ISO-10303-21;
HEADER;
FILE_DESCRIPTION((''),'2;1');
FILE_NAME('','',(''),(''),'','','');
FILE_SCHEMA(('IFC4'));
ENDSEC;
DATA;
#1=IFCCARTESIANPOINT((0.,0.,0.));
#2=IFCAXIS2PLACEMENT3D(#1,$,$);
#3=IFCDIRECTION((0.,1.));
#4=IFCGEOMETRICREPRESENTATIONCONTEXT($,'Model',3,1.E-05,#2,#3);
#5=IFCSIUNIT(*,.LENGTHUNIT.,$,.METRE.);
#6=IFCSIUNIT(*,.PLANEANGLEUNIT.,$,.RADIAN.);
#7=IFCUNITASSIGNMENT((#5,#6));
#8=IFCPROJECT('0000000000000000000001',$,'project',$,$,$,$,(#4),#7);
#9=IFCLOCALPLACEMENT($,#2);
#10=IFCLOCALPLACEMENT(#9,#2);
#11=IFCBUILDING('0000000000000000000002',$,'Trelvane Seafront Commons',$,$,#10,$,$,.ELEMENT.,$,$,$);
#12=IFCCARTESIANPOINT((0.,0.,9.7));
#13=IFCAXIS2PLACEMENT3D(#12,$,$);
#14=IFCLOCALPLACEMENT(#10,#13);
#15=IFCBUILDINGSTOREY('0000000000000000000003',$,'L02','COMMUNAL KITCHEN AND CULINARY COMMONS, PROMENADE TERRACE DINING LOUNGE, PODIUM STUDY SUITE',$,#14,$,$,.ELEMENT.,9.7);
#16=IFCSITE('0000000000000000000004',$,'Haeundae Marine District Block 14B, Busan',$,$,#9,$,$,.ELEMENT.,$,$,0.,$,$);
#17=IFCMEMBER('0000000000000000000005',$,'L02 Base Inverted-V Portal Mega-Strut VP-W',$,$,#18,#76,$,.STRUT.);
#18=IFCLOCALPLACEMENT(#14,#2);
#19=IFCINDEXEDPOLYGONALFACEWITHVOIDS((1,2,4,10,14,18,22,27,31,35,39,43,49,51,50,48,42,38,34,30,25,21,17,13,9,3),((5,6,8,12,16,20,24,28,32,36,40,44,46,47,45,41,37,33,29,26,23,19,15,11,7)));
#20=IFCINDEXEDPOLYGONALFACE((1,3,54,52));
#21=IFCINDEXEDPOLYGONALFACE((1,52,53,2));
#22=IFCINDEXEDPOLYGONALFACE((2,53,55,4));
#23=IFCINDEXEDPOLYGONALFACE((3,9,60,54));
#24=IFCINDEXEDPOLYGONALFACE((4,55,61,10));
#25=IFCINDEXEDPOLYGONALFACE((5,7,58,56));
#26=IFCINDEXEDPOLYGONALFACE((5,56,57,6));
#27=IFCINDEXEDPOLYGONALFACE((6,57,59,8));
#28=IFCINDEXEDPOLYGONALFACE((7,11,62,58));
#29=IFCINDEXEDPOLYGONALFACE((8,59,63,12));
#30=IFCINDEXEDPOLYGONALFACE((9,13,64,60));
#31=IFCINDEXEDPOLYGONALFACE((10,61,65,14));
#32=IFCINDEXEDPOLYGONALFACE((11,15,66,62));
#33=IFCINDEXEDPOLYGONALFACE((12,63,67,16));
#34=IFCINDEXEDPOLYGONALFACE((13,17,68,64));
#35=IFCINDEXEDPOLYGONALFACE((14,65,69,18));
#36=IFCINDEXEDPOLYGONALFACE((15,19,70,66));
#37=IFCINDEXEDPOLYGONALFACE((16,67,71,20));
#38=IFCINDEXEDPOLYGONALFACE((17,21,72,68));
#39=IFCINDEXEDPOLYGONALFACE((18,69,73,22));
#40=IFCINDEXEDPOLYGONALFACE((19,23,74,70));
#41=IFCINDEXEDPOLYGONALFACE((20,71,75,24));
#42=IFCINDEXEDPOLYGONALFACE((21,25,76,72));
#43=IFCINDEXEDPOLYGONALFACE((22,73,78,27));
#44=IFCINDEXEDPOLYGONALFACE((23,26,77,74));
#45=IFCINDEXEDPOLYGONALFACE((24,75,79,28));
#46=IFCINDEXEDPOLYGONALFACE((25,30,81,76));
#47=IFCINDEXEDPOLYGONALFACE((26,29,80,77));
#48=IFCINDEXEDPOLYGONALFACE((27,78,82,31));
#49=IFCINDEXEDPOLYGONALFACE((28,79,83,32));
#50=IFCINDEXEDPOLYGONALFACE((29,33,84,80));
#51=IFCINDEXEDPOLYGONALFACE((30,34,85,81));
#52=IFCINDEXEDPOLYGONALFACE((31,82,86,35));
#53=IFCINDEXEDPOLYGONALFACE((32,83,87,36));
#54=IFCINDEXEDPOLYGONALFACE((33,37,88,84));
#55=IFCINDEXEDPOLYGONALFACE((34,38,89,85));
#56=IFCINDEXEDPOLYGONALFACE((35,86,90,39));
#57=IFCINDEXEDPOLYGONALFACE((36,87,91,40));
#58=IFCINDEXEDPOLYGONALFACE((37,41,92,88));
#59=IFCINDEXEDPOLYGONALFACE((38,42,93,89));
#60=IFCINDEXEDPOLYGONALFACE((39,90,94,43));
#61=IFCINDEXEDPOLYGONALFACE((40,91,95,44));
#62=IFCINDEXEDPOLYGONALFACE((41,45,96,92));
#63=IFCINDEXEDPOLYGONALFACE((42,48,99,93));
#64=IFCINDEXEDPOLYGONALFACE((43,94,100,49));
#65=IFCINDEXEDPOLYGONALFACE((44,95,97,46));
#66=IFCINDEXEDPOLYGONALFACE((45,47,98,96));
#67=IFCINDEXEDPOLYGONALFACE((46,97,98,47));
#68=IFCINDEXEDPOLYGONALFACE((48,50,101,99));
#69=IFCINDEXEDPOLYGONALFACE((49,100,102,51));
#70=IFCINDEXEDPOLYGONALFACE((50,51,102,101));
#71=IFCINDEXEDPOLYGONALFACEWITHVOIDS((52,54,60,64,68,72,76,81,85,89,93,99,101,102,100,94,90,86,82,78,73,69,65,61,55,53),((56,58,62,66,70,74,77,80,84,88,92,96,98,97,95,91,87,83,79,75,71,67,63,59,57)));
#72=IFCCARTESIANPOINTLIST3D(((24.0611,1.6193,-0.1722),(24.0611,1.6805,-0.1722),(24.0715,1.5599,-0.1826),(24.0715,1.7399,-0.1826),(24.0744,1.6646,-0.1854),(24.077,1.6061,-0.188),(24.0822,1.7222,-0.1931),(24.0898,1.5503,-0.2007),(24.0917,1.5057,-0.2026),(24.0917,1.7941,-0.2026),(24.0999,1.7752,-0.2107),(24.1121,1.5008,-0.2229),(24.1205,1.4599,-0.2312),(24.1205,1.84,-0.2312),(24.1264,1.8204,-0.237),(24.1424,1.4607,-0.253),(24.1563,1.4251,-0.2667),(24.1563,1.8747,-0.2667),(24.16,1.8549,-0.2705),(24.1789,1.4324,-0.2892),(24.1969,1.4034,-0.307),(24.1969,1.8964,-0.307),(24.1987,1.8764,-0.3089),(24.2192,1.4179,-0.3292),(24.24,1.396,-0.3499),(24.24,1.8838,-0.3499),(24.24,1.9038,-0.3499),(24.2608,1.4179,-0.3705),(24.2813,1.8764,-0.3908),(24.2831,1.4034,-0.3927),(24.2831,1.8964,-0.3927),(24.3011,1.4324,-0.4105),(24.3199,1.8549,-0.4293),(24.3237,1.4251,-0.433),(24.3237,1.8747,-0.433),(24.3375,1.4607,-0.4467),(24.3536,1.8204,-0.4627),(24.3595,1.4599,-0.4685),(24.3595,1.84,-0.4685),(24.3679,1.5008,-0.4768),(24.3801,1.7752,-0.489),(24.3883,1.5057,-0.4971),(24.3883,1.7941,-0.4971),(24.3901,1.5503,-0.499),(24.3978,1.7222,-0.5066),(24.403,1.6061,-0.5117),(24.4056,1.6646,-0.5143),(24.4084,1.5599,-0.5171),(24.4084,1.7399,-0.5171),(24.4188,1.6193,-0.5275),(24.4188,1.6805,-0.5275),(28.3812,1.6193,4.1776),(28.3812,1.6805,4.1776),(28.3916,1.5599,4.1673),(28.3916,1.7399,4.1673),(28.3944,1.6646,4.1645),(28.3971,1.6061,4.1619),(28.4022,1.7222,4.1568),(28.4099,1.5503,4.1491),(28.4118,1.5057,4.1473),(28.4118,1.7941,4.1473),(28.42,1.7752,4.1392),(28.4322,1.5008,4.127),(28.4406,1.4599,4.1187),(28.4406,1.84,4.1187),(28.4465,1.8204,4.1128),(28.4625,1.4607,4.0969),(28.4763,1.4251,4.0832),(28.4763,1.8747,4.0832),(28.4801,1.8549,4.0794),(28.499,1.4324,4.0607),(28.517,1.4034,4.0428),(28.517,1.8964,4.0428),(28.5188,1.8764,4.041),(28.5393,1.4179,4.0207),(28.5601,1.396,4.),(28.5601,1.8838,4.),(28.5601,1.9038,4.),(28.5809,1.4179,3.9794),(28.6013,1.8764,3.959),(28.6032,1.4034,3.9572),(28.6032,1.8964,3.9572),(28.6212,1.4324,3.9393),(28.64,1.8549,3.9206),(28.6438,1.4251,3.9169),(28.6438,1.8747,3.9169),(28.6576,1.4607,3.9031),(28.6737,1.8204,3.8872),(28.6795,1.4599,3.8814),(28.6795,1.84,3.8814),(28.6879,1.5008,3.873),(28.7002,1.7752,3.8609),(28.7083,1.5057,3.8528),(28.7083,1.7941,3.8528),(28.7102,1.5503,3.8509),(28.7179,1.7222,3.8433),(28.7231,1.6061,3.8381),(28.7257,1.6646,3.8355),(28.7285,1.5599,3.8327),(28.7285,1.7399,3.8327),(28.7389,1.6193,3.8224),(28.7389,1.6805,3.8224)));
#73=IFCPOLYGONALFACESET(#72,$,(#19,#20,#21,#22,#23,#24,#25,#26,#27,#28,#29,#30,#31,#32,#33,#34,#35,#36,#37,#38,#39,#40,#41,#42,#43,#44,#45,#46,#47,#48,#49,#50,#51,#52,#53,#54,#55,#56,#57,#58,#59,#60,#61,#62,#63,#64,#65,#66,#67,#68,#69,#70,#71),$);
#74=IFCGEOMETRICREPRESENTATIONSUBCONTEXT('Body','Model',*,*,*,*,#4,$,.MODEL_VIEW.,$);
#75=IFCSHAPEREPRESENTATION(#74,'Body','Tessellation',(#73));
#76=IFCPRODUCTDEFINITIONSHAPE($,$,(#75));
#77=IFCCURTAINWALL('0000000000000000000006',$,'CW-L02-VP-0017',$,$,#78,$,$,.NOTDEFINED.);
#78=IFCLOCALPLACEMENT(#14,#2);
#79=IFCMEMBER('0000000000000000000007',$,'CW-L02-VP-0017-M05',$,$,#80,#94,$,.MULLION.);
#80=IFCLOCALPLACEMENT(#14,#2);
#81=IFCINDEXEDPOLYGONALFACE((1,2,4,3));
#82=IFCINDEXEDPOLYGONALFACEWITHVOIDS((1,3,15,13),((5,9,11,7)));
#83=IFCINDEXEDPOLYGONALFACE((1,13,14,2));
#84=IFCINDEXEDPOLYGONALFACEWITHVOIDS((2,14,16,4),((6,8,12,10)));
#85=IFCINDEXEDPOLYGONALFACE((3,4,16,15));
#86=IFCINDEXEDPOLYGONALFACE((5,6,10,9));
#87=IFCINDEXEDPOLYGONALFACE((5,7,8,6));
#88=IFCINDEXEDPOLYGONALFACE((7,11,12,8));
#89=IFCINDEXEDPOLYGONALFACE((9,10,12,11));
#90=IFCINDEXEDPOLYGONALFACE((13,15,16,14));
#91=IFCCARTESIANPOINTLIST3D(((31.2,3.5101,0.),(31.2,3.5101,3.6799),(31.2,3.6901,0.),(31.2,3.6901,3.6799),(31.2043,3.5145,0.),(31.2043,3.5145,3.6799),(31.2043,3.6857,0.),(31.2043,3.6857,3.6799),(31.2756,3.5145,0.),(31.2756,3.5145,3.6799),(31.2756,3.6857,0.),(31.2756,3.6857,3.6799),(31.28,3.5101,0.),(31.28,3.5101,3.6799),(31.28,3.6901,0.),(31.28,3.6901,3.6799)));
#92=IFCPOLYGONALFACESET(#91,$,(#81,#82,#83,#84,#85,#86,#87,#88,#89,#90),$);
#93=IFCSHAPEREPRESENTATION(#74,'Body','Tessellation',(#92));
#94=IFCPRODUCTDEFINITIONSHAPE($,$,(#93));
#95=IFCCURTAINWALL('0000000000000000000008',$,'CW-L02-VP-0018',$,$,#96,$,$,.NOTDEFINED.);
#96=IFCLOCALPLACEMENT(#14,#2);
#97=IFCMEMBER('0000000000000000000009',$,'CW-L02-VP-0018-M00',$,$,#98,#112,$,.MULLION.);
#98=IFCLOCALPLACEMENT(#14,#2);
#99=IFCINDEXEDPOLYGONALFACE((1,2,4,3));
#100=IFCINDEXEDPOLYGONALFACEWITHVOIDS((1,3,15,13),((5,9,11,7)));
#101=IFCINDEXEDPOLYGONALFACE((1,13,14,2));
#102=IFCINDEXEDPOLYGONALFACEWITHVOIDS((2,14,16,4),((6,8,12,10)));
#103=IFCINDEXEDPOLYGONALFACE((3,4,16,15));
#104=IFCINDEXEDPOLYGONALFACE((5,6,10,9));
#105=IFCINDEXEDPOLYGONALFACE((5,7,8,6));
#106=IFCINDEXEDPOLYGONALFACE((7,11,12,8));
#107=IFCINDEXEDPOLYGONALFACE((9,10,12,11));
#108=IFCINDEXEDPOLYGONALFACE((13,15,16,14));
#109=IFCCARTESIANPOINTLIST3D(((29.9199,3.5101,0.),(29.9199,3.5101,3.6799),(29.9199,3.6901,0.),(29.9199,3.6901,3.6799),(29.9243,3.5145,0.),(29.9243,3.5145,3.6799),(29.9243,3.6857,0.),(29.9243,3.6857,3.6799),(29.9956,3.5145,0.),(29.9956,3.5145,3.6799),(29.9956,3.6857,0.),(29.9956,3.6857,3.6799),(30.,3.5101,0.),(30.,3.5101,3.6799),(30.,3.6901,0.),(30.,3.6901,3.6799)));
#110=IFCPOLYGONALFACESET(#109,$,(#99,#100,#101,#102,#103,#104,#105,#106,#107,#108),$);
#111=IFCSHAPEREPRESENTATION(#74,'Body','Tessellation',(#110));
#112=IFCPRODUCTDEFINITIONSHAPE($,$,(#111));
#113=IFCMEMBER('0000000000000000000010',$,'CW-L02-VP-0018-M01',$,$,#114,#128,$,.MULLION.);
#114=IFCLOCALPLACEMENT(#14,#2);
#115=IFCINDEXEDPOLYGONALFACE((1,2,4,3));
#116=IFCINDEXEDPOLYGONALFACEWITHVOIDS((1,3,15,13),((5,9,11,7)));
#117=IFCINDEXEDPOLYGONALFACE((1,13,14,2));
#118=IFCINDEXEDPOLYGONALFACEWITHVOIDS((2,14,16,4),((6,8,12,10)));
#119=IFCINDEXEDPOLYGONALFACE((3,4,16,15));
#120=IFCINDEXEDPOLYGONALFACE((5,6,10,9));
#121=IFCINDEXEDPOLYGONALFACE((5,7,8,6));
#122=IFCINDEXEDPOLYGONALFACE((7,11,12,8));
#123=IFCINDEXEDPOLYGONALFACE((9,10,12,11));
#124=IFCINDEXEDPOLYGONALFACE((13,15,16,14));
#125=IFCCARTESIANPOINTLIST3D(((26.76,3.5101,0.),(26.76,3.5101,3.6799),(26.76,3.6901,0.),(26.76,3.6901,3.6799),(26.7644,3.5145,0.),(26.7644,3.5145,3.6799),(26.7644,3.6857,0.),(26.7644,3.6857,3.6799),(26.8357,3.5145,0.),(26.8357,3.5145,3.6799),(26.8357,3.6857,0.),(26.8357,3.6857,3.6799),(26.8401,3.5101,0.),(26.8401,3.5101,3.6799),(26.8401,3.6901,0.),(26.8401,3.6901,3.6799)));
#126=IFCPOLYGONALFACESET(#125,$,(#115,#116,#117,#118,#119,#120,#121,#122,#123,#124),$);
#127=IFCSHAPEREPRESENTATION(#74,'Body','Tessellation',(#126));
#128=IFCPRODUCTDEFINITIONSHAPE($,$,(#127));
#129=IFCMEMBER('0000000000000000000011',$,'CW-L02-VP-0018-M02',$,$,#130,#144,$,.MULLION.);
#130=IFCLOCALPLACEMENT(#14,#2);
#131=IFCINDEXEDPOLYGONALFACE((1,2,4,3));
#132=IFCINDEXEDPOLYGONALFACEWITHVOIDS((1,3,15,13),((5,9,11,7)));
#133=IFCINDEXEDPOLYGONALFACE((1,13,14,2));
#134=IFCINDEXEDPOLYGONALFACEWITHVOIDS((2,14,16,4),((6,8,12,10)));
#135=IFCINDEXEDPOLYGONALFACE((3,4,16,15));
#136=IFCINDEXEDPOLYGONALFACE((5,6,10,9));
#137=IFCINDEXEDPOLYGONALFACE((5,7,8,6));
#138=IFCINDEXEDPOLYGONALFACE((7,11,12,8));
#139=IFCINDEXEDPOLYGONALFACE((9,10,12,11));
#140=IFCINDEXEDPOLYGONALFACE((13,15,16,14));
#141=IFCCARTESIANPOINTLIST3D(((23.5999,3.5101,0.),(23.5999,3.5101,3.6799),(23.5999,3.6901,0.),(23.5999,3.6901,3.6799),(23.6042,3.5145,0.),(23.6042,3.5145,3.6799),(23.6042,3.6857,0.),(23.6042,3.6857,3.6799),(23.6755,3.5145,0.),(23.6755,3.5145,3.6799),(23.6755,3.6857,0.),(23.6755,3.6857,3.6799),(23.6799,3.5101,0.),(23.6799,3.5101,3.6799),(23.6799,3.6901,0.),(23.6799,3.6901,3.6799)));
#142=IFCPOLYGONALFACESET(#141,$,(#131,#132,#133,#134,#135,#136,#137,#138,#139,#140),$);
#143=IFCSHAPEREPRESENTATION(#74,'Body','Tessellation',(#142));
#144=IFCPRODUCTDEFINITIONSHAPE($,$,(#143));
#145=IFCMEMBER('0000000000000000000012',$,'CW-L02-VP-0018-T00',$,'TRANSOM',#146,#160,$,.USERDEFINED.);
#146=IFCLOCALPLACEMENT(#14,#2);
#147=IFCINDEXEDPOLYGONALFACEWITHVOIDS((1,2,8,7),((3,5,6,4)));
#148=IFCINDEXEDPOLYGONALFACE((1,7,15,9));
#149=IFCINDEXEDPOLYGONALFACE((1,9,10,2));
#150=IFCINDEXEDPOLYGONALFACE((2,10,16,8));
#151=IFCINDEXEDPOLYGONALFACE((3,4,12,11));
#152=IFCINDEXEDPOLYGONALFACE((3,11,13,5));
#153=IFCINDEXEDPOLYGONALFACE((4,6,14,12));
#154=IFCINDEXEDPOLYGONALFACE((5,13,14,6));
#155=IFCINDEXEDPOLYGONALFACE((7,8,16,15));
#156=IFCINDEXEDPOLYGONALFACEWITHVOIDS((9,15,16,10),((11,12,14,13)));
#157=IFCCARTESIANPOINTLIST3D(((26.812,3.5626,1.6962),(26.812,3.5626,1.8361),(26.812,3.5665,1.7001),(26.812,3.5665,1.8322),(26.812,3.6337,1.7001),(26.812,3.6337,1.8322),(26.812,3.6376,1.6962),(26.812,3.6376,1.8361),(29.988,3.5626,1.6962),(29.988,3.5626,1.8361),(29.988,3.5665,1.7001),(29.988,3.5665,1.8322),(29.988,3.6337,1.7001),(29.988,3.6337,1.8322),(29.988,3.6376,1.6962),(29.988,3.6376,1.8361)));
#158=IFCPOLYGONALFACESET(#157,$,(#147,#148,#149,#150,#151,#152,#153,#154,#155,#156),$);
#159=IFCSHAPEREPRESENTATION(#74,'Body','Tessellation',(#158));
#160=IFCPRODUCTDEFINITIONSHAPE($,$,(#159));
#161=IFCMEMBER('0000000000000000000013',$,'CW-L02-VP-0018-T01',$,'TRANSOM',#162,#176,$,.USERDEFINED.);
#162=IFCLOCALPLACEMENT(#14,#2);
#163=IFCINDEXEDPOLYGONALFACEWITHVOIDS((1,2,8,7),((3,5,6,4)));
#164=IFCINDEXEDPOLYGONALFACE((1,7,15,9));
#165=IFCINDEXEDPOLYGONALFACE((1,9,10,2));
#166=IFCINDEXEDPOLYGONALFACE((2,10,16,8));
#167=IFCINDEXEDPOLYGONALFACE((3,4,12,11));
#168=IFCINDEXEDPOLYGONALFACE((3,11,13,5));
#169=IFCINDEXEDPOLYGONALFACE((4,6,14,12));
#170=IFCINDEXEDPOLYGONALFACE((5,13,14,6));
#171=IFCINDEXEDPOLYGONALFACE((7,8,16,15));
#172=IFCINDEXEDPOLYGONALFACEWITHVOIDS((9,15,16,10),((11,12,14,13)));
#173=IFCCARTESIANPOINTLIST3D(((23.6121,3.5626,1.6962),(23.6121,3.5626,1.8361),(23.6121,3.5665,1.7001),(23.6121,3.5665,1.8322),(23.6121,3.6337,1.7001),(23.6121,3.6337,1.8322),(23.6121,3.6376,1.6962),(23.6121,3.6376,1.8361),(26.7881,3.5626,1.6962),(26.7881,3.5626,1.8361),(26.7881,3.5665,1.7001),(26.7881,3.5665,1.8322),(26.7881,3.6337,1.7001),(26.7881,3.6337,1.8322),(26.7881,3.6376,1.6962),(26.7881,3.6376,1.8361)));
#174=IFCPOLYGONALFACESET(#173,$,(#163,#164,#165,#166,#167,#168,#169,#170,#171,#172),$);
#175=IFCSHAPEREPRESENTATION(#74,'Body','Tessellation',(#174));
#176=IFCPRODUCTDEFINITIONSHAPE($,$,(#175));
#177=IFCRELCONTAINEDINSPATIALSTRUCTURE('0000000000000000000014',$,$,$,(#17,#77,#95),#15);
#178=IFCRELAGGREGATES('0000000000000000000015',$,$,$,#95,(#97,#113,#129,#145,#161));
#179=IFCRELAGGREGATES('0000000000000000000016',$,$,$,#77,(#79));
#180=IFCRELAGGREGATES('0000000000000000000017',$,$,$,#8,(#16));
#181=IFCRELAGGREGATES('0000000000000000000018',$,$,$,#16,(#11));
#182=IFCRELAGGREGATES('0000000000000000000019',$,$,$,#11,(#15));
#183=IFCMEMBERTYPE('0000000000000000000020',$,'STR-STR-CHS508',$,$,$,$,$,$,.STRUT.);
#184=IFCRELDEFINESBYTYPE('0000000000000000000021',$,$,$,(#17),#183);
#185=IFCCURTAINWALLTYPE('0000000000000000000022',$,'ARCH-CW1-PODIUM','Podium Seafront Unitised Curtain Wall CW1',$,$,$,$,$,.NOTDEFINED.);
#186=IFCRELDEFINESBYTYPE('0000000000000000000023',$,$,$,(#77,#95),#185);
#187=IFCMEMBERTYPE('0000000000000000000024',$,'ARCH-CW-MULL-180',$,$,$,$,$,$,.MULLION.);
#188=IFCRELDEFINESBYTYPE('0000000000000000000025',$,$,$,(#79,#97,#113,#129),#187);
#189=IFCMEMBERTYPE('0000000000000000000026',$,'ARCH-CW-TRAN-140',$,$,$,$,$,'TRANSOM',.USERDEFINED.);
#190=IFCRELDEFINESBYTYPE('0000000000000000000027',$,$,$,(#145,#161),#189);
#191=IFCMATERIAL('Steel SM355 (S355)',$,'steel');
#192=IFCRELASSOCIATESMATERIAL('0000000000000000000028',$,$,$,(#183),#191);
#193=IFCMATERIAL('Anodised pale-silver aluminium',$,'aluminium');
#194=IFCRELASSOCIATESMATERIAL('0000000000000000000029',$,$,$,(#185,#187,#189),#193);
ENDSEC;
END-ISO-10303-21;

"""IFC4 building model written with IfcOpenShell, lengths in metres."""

from ifc_helpers import new_model, si_unit, direction, frame, origin, origin_2d, place, context, subcontext, project, spatial, hollow_rectangle, hollow_circle, extrude, source, transform, mapped, material, material_profile, profile_set, type_object, element, aggregate, save


model = new_model("IFC4")

# Units and contexts
model_context = context("Model", 3, precision=1e-05, world=origin(), true_north=direction((0.0, 1.0)))
body_context = subcontext(model_context, "Body", "Model", "MODEL_VIEW")
ifc_project = project(units=[si_unit("LENGTHUNIT", "METRE"), si_unit("PLANEANGLEUNIT", "RADIAN")], contexts=[model_context])

# Site, building, storey
site_placement = place(None, origin())
site = spatial("IfcSite", under=ifc_project, at=site_placement, Name="Haeundae Marine District Block 14B, Busan", CompositionType="ELEMENT", RefElevation=0.0)
building_placement = place(site_placement, origin())
building = spatial("IfcBuilding", under=site, at=building_placement, Name="Trelvane Seafront Commons", CompositionType="ELEMENT")
storey_placement = place(building_placement, frame((0.0, 0.0, 9.7)))
storey = spatial("IfcBuildingStorey", under=building, at=storey_placement, Name="L02", Description="COMMUNAL KITCHEN AND CULINARY COMMONS, PROMENADE TERRACE DINING LOUNGE, PODIUM STUDY SUITE", CompositionType="ELEMENT", Elevation=9.7)

# Member
ifc_material_1 = material(Name="Steel SM355 (S355)", Category="steel")
ifc_material_profile_1 = material_profile(ifc_material_1, hollow_circle(Radius=0.2539, WallThickness=0.02, at=origin_2d()), Name="CHS-508x20")
ifc_profile_set_1 = profile_set([ifc_material_profile_1], Name="Steel SM355 (S355)")
member_type_1 = type_object("IfcMemberType", Name="STR-STR-CHS508", PredefinedType="STRUT", material=ifc_profile_set_1)
shared_shape_1 = source(origin(), body_context, "Body", "SweptSolid", [
    extrude(hollow_circle(Radius=0.2539, WallThickness=0.02, at=origin_2d()), origin(), (0.0, 0.0, 1.0), 6.1306),
])
member_1_placement = place(storey_placement, frame((24.24, 1.6499, -0.3499), z_axis=(0.704673, 0.0, 0.709532), x_axis=(0.0, 1.0, 0.0)))
element("IfcMember", 1, at=member_1_placement, inside=storey, type_object=member_type_1, Name="L02 Base Inverted-V Portal Mega-Strut VP-W", PredefinedType="STRUT", context=body_context, shape_type="MappedRepresentation", body=[
    mapped(shared_shape_1, transform((0.0, 0.0, 0.0), x_axis=(1.0, 0.0, 0.0), y_axis=(0.0, 1.0, 0.0), z_axis=(0.0, 0.0, 1.0), scale=1.0)),
])

# Curtain wall, member
ifc_material_2 = material(Name="Anodised pale-silver aluminium", Category="aluminium")
curtain_wall_type = type_object("IfcCurtainWallType", Name="ARCH-CW1-PODIUM", Description="Podium Seafront Unitised Curtain Wall CW1", PredefinedType="NOTDEFINED", material=ifc_material_2)
curtain_wall_1_placement = place(storey_placement, origin())
curtain_wall_1 = element("IfcCurtainWall", 2, at=curtain_wall_1_placement, inside=storey, type_object=curtain_wall_type, Name="CW-L02-VP-0017", PredefinedType="NOTDEFINED")
ifc_material_profile_2 = material_profile(ifc_material_2, hollow_rectangle(XDim=0.0801, YDim=0.1799, WallThickness=0.0044, at=origin_2d()), Name="MULL-80x180x4.5")
ifc_profile_set_2 = profile_set([ifc_material_profile_2], Name="Anodised pale-silver aluminium")
member_type_2 = type_object("IfcMemberType", Name="ARCH-CW-MULL-180", PredefinedType="MULLION", material=ifc_profile_set_2)
shared_shape_2 = source(origin(), body_context, "Body", "SweptSolid", [
    extrude(hollow_rectangle(XDim=0.0801, YDim=0.1799, WallThickness=0.0044, at=origin_2d()), origin(), (0.0, 0.0, 1.0), 3.6799),
])
member_2_placement = place(storey_placement, frame((31.24, 3.6001, 0.0), z_axis=(0.0, 0.0, 1.0), x_axis=(1.0, 0.0, 0.0)))
member_2 = element("IfcMember", 3, at=member_2_placement, type_object=member_type_2, Name="CW-L02-VP-0017-M05", PredefinedType="MULLION", context=body_context, shape_type="MappedRepresentation", body=[
    mapped(shared_shape_2, transform((0.0, 0.0, 0.0), x_axis=(1.0, 0.0, 0.0), y_axis=(0.0, 1.0, 0.0), z_axis=(0.0, 0.0, 1.0), scale=1.0)),
])

# Curtain wall, members
curtain_wall_2_placement = place(storey_placement, origin())
curtain_wall_2 = element("IfcCurtainWall", 4, at=curtain_wall_2_placement, inside=storey, type_object=curtain_wall_type, Name="CW-L02-VP-0018", PredefinedType="NOTDEFINED")
member_3_placement = place(storey_placement, frame((29.96, 3.6001, 0.0), z_axis=(0.0, 0.0, 1.0), x_axis=(1.0, 0.0, 0.0)))
member_3 = element("IfcMember", 5, at=member_3_placement, type_object=member_type_2, Name="CW-L02-VP-0018-M00", PredefinedType="MULLION", context=body_context, shape_type="MappedRepresentation", body=[
    mapped(shared_shape_2, transform((0.0, 0.0, 0.0), x_axis=(1.0, 0.0, 0.0), y_axis=(0.0, 1.0, 0.0), z_axis=(0.0, 0.0, 1.0), scale=1.0)),
])
member_4_placement = place(storey_placement, frame((26.8, 3.6001, 0.0), z_axis=(0.0, 0.0, 1.0), x_axis=(1.0, 0.0, 0.0)))
member_4 = element("IfcMember", 6, at=member_4_placement, type_object=member_type_2, Name="CW-L02-VP-0018-M01", PredefinedType="MULLION", context=body_context, shape_type="MappedRepresentation", body=[
    mapped(shared_shape_2, transform((0.0, 0.0, 0.0), x_axis=(1.0, 0.0, 0.0), y_axis=(0.0, 1.0, 0.0), z_axis=(0.0, 0.0, 1.0), scale=1.0)),
])
member_5_placement = place(storey_placement, frame((23.6399, 3.6001, 0.0), z_axis=(0.0, 0.0, 1.0), x_axis=(1.0, 0.0, 0.0)))
member_5 = element("IfcMember", 7, at=member_5_placement, type_object=member_type_2, Name="CW-L02-VP-0018-M02", PredefinedType="MULLION", context=body_context, shape_type="MappedRepresentation", body=[
    mapped(shared_shape_2, transform((0.0, 0.0, 0.0), x_axis=(1.0, 0.0, 0.0), y_axis=(0.0, 1.0, 0.0), z_axis=(0.0, 0.0, 1.0), scale=1.0)),
])
ifc_material_profile_3 = material_profile(ifc_material_2, hollow_rectangle(XDim=0.075, YDim=0.1399, WallThickness=0.0039, at=origin_2d()), Name="TRAN-75x140x4")
ifc_profile_set_3 = profile_set([ifc_material_profile_3], Name="Anodised pale-silver aluminium")
member_type_3 = type_object("IfcMemberType", Name="ARCH-CW-TRAN-140", ElementType="TRANSOM", PredefinedType="USERDEFINED", material=ifc_profile_set_3)
shared_shape_3 = source(origin(), body_context, "Body", "SweptSolid", [
    extrude(hollow_rectangle(XDim=0.075, YDim=0.1399, WallThickness=0.0039, at=origin_2d()), origin(), (0.0, 0.0, 1.0), 3.176),
])
member_6_placement = place(storey_placement, frame((29.988, 3.6001, 1.7661), z_axis=(-1.0, 0.0, 0.0), x_axis=(0.0, -1.0, 0.0)))
member_6 = element("IfcMember", 8, at=member_6_placement, type_object=member_type_3, Name="CW-L02-VP-0018-T00", ObjectType="TRANSOM", PredefinedType="USERDEFINED", context=body_context, shape_type="MappedRepresentation", body=[
    mapped(shared_shape_3, transform((0.0, 0.0, 0.0), x_axis=(1.0, 0.0, 0.0), y_axis=(0.0, 1.0, 0.0), z_axis=(0.0, 0.0, 1.0), scale=1.0)),
])
member_7_placement = place(storey_placement, frame((26.7881, 3.6001, 1.7661), z_axis=(-1.0, 0.0, 0.0), x_axis=(0.0, -1.0, 0.0)))
member_7 = element("IfcMember", 9, at=member_7_placement, type_object=member_type_3, Name="CW-L02-VP-0018-T01", ObjectType="TRANSOM", PredefinedType="USERDEFINED", context=body_context, shape_type="MappedRepresentation", body=[
    mapped(shared_shape_3, transform((0.0, 0.0, 0.0), x_axis=(1.0, 0.0, 0.0), y_axis=(0.0, 1.0, 0.0), z_axis=(0.0, 0.0, 1.0), scale=1.0)),
])

aggregate(curtain_wall_2, [member_3, member_4, member_5, member_6, member_7])
aggregate(curtain_wall_1, [member_2])

save(model, "model.ifc")
